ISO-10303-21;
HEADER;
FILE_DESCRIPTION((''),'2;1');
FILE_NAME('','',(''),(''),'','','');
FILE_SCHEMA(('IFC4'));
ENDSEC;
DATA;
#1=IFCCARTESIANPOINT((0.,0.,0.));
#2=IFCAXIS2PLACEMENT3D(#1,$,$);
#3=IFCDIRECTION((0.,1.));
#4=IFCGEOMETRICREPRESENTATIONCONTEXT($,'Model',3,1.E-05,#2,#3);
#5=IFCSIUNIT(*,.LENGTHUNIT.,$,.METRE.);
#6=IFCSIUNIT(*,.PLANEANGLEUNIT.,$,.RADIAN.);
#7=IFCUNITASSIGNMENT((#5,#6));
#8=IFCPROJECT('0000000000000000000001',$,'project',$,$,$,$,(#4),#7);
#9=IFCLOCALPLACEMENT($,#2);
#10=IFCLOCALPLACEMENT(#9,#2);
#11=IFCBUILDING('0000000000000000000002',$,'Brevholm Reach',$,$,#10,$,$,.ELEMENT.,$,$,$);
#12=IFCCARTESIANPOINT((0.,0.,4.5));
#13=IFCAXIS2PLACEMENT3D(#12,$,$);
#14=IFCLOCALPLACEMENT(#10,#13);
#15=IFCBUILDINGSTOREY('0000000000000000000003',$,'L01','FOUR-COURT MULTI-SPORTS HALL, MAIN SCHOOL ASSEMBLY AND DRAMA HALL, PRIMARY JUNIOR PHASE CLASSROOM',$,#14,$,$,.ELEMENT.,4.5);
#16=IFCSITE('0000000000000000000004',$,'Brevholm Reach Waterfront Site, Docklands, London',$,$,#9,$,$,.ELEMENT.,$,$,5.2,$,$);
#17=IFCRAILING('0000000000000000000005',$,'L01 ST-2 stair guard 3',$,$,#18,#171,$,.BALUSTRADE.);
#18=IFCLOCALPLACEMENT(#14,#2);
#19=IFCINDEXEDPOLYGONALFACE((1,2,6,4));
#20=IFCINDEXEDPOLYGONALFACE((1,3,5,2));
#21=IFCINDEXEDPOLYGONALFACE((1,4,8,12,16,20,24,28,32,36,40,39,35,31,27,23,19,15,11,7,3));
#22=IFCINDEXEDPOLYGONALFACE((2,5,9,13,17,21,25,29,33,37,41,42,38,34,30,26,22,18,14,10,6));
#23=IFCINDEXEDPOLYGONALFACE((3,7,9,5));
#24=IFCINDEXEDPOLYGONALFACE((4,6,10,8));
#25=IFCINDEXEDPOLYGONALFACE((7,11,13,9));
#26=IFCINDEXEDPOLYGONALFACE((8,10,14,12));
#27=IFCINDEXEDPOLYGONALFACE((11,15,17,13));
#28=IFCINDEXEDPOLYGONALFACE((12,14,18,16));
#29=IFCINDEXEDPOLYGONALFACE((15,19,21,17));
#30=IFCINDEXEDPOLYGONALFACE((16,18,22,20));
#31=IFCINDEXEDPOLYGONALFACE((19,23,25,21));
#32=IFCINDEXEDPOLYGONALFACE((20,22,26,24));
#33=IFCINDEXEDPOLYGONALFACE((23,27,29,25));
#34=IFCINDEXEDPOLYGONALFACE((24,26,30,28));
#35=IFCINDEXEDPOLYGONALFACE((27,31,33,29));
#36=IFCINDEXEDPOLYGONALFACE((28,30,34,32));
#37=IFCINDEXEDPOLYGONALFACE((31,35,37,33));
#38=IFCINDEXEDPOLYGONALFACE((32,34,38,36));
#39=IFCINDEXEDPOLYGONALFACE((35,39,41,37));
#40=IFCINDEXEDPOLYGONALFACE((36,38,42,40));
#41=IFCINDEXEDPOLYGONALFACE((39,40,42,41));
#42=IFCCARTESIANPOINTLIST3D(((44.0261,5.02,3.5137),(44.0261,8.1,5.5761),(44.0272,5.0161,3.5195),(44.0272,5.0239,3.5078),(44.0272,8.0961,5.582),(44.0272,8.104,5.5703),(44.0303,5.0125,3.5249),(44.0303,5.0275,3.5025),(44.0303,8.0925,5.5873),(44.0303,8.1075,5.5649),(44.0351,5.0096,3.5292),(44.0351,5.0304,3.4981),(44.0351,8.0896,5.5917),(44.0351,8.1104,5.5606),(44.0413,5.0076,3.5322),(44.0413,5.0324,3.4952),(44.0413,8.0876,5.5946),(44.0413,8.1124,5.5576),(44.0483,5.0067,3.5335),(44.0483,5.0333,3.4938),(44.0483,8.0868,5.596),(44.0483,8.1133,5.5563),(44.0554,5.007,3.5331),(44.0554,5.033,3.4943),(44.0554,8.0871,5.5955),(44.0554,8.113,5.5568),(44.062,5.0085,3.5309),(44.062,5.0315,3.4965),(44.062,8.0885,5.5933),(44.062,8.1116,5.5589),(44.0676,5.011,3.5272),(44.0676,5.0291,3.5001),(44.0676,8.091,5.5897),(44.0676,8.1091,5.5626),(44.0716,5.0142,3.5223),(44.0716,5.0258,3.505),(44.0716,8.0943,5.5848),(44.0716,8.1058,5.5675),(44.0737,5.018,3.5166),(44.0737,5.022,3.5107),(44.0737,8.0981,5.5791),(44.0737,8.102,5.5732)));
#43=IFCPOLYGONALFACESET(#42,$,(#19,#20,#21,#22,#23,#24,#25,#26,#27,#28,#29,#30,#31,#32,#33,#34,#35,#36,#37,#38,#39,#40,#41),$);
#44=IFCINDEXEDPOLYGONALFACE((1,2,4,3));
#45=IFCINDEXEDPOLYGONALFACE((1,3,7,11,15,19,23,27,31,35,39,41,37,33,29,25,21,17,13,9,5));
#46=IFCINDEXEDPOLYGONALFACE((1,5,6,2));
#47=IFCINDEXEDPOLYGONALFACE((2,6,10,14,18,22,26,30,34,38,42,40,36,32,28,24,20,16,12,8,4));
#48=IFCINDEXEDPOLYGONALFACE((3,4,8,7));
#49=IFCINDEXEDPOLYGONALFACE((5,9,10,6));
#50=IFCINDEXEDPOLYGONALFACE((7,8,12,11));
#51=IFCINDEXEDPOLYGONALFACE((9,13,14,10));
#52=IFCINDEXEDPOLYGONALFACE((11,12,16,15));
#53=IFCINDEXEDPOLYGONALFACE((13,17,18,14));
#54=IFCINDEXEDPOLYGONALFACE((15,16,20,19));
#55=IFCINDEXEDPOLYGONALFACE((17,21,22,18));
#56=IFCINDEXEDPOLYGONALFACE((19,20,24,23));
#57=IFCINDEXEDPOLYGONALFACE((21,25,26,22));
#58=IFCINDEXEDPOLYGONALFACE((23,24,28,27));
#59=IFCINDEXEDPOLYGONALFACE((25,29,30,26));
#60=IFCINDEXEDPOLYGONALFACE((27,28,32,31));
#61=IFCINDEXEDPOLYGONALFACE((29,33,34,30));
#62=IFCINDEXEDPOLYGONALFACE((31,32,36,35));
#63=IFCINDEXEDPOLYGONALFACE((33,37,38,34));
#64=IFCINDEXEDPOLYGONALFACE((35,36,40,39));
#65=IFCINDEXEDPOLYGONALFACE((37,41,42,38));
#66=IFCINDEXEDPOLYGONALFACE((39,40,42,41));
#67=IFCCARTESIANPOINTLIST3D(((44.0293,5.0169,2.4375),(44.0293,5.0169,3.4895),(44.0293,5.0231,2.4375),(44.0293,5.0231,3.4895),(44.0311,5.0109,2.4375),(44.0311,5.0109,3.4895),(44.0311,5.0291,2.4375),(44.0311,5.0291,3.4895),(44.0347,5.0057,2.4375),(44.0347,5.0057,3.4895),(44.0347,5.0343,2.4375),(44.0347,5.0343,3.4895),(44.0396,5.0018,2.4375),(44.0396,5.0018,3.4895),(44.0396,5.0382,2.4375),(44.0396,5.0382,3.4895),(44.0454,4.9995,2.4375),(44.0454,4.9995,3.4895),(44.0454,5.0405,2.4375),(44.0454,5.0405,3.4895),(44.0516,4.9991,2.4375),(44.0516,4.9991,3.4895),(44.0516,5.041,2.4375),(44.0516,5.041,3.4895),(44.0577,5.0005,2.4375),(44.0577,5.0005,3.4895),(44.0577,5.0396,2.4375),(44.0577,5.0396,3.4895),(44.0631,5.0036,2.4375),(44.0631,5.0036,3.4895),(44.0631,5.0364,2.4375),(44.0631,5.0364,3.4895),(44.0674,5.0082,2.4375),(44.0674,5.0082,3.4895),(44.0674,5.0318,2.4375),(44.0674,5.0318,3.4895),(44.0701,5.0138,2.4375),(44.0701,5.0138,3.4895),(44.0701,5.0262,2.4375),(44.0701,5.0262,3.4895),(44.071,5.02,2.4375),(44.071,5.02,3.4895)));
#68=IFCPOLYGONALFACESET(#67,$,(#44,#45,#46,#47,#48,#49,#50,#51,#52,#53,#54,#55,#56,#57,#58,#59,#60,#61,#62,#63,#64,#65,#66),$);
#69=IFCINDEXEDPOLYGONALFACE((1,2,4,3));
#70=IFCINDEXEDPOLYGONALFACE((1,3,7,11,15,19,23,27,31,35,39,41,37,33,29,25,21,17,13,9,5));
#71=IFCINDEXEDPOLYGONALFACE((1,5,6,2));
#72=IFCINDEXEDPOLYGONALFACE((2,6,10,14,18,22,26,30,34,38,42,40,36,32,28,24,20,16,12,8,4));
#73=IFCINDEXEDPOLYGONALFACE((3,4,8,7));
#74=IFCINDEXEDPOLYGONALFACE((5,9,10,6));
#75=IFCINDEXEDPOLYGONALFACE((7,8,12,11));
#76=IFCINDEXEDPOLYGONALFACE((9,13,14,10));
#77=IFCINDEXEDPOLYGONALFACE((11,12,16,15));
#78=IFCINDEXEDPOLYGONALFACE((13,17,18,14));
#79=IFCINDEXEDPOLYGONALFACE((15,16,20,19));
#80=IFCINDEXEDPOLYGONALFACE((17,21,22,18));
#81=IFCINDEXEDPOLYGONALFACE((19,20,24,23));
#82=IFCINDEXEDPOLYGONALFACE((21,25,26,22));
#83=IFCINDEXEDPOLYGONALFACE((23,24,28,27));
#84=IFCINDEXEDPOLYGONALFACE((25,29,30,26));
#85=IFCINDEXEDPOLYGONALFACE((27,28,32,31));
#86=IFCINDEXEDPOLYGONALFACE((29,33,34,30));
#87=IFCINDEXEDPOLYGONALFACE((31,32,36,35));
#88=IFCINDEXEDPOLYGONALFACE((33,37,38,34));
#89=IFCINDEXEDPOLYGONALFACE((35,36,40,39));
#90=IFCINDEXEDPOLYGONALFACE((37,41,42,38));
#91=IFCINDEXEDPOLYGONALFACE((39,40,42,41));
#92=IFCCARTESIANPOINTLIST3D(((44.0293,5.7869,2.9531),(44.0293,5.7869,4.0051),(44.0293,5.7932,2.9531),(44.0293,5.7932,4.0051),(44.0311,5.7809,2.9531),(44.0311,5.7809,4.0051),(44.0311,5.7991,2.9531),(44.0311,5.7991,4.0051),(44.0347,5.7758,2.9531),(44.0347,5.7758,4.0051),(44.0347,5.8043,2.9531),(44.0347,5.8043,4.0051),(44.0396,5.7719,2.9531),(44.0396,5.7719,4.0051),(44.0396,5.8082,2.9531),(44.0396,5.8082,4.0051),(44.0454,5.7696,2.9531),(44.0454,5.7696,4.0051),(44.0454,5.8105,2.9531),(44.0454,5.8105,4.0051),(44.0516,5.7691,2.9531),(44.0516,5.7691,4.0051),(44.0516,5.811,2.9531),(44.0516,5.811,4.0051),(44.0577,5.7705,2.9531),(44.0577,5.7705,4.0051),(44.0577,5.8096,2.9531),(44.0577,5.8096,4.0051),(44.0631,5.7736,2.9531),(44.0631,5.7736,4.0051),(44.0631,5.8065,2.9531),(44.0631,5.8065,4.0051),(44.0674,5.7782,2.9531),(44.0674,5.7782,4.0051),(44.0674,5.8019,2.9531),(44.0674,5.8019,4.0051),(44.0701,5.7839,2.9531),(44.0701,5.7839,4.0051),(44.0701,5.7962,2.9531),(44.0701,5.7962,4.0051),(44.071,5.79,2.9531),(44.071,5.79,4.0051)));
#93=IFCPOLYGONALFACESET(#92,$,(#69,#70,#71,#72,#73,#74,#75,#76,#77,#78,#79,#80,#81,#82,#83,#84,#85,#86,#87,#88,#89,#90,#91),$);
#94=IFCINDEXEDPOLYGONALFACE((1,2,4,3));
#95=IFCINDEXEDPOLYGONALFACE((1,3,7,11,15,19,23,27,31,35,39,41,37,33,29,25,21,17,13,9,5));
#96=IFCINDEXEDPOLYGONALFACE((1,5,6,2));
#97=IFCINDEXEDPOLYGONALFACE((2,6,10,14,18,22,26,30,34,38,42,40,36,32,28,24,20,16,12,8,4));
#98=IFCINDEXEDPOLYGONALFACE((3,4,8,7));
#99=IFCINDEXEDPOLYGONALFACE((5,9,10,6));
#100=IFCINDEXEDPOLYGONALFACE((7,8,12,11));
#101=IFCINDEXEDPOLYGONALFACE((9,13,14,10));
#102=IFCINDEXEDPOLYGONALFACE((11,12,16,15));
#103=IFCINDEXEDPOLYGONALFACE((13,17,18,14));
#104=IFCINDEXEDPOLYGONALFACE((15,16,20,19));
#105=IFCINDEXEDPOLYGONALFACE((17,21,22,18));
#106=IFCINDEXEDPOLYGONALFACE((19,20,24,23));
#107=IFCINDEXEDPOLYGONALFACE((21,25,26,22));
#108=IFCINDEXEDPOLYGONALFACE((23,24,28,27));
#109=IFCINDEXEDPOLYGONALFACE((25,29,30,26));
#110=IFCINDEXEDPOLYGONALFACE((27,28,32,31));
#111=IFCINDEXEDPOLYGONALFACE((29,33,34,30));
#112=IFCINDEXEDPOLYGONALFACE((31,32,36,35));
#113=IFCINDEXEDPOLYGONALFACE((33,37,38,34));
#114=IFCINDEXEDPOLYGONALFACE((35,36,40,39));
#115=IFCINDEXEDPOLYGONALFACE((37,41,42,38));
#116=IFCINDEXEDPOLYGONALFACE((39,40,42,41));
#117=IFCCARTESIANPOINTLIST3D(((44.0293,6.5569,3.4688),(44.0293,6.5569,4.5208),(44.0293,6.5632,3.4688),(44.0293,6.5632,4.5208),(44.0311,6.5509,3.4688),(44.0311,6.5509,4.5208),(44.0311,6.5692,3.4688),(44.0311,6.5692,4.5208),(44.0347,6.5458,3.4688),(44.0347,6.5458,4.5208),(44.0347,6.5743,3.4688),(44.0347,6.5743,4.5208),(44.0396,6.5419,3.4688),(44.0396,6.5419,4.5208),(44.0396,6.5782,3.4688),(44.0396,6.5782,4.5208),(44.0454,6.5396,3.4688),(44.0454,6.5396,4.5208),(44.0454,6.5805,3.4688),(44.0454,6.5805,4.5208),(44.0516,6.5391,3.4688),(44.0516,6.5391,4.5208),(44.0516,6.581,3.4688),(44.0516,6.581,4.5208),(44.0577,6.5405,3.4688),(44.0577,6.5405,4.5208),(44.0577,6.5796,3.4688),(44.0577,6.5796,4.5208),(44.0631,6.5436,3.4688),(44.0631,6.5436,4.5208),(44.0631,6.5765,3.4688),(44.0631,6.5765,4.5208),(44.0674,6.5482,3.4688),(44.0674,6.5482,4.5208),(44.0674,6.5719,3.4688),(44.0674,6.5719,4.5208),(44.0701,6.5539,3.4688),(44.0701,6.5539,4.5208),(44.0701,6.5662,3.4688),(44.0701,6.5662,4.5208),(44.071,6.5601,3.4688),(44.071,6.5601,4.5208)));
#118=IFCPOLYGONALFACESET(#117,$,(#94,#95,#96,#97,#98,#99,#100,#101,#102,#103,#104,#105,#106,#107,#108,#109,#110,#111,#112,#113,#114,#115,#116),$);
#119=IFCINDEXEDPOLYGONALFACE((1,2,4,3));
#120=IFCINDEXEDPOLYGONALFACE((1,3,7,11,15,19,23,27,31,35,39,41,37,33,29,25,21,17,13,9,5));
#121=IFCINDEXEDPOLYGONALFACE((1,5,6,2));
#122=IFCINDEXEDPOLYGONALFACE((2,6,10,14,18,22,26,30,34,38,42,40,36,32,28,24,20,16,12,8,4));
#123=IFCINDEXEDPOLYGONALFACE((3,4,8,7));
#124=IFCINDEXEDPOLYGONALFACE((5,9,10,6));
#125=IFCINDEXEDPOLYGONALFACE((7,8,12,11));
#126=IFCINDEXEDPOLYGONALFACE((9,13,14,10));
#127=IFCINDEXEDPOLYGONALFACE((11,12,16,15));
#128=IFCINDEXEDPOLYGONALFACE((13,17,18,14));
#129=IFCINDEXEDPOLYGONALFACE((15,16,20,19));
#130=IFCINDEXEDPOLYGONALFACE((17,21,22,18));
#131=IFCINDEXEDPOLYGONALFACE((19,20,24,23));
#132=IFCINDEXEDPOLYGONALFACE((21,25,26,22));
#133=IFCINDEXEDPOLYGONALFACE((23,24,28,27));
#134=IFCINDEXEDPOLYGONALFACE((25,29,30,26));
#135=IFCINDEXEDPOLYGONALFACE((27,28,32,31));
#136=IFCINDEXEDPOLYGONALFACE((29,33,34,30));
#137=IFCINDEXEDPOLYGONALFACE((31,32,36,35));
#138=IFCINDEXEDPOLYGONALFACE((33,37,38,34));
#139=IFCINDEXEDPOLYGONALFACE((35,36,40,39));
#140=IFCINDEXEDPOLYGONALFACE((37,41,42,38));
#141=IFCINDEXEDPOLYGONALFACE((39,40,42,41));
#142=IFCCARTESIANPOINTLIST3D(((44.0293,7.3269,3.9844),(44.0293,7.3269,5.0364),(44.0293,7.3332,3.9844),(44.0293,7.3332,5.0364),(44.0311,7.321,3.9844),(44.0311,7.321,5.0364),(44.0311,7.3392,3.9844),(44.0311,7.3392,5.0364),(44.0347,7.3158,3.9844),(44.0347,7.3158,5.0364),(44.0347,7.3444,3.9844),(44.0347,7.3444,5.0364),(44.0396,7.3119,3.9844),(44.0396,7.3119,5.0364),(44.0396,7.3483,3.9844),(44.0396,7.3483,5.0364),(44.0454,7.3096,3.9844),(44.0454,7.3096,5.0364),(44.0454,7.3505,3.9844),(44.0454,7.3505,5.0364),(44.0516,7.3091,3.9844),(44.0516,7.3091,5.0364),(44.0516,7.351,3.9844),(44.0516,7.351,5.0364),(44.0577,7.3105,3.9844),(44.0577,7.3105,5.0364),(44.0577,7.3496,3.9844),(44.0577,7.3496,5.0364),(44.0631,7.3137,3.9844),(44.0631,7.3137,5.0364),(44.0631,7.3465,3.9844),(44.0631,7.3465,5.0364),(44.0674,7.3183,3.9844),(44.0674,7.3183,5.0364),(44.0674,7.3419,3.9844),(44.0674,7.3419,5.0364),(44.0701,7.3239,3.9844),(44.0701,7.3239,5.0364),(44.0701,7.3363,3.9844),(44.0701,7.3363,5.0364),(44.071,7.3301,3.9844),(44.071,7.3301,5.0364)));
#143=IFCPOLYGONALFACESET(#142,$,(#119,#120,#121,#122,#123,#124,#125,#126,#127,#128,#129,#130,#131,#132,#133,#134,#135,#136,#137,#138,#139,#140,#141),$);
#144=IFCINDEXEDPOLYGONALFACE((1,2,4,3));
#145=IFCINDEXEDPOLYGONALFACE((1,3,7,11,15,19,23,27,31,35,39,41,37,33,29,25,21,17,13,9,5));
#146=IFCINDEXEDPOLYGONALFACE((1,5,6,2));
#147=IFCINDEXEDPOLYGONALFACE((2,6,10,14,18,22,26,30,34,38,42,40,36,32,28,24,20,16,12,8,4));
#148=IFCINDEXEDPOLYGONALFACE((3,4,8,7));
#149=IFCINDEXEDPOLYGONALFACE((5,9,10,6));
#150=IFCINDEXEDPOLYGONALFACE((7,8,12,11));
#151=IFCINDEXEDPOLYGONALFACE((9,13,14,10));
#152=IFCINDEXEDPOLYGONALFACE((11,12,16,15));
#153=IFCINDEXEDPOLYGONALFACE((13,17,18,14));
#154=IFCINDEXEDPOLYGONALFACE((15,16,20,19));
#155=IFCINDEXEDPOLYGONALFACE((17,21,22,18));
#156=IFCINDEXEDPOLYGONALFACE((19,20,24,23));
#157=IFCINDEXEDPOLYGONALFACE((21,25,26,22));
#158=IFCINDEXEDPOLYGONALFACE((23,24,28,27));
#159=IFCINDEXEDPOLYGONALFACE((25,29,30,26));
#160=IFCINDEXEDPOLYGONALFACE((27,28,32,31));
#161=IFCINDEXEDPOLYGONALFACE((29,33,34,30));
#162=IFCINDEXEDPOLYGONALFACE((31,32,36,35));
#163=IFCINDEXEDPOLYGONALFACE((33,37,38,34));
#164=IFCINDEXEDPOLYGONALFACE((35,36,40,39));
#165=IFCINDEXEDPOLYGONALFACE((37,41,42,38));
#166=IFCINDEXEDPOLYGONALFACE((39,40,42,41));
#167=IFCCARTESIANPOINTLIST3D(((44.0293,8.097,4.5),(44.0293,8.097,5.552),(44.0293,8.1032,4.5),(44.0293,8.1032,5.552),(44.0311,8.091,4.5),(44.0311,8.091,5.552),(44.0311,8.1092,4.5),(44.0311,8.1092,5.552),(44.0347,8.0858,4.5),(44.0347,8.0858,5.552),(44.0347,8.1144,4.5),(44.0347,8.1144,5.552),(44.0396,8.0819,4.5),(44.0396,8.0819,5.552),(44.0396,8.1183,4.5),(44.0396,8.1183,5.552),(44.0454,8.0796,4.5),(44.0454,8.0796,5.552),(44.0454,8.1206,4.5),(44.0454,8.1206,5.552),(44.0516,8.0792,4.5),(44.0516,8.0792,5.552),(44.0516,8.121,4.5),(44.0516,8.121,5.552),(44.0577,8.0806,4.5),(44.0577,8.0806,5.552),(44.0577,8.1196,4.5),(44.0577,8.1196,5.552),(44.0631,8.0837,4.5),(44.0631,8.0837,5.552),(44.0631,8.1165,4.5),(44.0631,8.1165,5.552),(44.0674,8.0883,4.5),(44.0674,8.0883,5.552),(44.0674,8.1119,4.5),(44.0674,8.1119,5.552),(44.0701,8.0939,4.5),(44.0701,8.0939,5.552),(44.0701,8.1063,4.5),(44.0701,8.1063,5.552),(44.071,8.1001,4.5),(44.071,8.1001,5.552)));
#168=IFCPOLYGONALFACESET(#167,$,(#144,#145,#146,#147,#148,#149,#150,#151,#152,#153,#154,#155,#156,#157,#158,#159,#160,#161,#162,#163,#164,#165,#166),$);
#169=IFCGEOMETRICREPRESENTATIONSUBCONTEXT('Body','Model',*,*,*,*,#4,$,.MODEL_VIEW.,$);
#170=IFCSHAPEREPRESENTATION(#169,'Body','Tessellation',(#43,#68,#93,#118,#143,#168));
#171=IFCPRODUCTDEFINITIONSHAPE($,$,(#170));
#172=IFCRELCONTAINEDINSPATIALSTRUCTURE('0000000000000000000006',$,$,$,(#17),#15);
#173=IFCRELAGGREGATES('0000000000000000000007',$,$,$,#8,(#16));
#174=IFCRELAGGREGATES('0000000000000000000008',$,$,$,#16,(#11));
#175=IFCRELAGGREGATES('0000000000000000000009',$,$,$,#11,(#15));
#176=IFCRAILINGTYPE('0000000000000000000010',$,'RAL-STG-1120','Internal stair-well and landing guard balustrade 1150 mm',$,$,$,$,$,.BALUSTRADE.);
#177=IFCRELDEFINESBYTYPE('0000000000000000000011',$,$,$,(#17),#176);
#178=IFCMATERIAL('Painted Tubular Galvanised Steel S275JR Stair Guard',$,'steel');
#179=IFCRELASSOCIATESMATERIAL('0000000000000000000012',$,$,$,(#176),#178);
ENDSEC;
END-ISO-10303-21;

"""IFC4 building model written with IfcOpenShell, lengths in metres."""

from ifc_helpers import new_model, si_unit, direction, frame, origin, origin_2d, place, context, subcontext, project, spatial, circle, extrude, material, type_object, element, save


model = new_model("IFC4")

# Units and contexts
model_context = context("Model", 3, precision=1e-05, world=origin(), true_north=direction((0.0, 1.0)))
body_context = subcontext(model_context, "Body", "Model", "MODEL_VIEW")
ifc_project = project(units=[si_unit("LENGTHUNIT", "METRE"), si_unit("PLANEANGLEUNIT", "RADIAN")], contexts=[model_context])

# Site, building, storey
site_placement = place(None, origin())
site = spatial("IfcSite", under=ifc_project, at=site_placement, Name="Brevholm Reach Waterfront Site, Docklands, London", CompositionType="ELEMENT", RefElevation=5.2)
building_placement = place(site_placement, origin())
building = spatial("IfcBuilding", under=site, at=building_placement, Name="Brevholm Reach", CompositionType="ELEMENT")
storey_placement = place(building_placement, frame((0.0, 0.0, 4.5)))
storey = spatial("IfcBuildingStorey", under=building, at=storey_placement, Name="L01", Description="FOUR-COURT MULTI-SPORTS HALL, MAIN SCHOOL ASSEMBLY AND DRAMA HALL, PRIMARY JUNIOR PHASE CLASSROOM", CompositionType="ELEMENT", Elevation=4.5)

# Railing
ifc_material_1 = material(Name="Painted Tubular Galvanised Steel S275JR Stair Guard", Category="steel")
railing_type_1 = type_object("IfcRailingType", Name="RAL-STG-1120", Description="Internal stair-well and landing guard balustrade 1150 mm", PredefinedType="BALUSTRADE", material=ifc_material_1)
railing_1_placement = place(storey_placement, frame((44.05, 5.02, 2.4375)))
element("IfcRailing", 1, at=railing_1_placement, inside=storey, type_object=railing_type_1, Name="L01 ST-2 stair guard 3", PredefinedType="BALUSTRADE", context=body_context, shape_type="SweptSolid", body=[
    extrude(circle(Radius=0.0239, at=origin_2d()), frame((0.0, 0.0, 1.0762), z_axis=(0.0, 0.830914, 0.556401), x_axis=(-1.0, 0.0, 0.0)), (0.0, 0.0, 1.0), 3.7068),
    extrude(circle(Radius=0.021, at=origin_2d()), origin(), (0.0, 0.0, 1.0), 1.052),
    extrude(circle(Radius=0.021, at=origin_2d()), frame((0.0, 0.77, 0.5156)), (0.0, 0.0, 1.0), 1.052),
    extrude(circle(Radius=0.021, at=origin_2d()), frame((0.0, 1.54, 1.0312)), (0.0, 0.0, 1.0), 1.052),
    extrude(circle(Radius=0.021, at=origin_2d()), frame((0.0, 2.3101, 1.5469)), (0.0, 0.0, 1.0), 1.052),
    extrude(circle(Radius=0.021, at=origin_2d()), frame((0.0, 3.0801, 2.0625)), (0.0, 0.0, 1.0), 1.052),
])

save(model, "model.ifc")
